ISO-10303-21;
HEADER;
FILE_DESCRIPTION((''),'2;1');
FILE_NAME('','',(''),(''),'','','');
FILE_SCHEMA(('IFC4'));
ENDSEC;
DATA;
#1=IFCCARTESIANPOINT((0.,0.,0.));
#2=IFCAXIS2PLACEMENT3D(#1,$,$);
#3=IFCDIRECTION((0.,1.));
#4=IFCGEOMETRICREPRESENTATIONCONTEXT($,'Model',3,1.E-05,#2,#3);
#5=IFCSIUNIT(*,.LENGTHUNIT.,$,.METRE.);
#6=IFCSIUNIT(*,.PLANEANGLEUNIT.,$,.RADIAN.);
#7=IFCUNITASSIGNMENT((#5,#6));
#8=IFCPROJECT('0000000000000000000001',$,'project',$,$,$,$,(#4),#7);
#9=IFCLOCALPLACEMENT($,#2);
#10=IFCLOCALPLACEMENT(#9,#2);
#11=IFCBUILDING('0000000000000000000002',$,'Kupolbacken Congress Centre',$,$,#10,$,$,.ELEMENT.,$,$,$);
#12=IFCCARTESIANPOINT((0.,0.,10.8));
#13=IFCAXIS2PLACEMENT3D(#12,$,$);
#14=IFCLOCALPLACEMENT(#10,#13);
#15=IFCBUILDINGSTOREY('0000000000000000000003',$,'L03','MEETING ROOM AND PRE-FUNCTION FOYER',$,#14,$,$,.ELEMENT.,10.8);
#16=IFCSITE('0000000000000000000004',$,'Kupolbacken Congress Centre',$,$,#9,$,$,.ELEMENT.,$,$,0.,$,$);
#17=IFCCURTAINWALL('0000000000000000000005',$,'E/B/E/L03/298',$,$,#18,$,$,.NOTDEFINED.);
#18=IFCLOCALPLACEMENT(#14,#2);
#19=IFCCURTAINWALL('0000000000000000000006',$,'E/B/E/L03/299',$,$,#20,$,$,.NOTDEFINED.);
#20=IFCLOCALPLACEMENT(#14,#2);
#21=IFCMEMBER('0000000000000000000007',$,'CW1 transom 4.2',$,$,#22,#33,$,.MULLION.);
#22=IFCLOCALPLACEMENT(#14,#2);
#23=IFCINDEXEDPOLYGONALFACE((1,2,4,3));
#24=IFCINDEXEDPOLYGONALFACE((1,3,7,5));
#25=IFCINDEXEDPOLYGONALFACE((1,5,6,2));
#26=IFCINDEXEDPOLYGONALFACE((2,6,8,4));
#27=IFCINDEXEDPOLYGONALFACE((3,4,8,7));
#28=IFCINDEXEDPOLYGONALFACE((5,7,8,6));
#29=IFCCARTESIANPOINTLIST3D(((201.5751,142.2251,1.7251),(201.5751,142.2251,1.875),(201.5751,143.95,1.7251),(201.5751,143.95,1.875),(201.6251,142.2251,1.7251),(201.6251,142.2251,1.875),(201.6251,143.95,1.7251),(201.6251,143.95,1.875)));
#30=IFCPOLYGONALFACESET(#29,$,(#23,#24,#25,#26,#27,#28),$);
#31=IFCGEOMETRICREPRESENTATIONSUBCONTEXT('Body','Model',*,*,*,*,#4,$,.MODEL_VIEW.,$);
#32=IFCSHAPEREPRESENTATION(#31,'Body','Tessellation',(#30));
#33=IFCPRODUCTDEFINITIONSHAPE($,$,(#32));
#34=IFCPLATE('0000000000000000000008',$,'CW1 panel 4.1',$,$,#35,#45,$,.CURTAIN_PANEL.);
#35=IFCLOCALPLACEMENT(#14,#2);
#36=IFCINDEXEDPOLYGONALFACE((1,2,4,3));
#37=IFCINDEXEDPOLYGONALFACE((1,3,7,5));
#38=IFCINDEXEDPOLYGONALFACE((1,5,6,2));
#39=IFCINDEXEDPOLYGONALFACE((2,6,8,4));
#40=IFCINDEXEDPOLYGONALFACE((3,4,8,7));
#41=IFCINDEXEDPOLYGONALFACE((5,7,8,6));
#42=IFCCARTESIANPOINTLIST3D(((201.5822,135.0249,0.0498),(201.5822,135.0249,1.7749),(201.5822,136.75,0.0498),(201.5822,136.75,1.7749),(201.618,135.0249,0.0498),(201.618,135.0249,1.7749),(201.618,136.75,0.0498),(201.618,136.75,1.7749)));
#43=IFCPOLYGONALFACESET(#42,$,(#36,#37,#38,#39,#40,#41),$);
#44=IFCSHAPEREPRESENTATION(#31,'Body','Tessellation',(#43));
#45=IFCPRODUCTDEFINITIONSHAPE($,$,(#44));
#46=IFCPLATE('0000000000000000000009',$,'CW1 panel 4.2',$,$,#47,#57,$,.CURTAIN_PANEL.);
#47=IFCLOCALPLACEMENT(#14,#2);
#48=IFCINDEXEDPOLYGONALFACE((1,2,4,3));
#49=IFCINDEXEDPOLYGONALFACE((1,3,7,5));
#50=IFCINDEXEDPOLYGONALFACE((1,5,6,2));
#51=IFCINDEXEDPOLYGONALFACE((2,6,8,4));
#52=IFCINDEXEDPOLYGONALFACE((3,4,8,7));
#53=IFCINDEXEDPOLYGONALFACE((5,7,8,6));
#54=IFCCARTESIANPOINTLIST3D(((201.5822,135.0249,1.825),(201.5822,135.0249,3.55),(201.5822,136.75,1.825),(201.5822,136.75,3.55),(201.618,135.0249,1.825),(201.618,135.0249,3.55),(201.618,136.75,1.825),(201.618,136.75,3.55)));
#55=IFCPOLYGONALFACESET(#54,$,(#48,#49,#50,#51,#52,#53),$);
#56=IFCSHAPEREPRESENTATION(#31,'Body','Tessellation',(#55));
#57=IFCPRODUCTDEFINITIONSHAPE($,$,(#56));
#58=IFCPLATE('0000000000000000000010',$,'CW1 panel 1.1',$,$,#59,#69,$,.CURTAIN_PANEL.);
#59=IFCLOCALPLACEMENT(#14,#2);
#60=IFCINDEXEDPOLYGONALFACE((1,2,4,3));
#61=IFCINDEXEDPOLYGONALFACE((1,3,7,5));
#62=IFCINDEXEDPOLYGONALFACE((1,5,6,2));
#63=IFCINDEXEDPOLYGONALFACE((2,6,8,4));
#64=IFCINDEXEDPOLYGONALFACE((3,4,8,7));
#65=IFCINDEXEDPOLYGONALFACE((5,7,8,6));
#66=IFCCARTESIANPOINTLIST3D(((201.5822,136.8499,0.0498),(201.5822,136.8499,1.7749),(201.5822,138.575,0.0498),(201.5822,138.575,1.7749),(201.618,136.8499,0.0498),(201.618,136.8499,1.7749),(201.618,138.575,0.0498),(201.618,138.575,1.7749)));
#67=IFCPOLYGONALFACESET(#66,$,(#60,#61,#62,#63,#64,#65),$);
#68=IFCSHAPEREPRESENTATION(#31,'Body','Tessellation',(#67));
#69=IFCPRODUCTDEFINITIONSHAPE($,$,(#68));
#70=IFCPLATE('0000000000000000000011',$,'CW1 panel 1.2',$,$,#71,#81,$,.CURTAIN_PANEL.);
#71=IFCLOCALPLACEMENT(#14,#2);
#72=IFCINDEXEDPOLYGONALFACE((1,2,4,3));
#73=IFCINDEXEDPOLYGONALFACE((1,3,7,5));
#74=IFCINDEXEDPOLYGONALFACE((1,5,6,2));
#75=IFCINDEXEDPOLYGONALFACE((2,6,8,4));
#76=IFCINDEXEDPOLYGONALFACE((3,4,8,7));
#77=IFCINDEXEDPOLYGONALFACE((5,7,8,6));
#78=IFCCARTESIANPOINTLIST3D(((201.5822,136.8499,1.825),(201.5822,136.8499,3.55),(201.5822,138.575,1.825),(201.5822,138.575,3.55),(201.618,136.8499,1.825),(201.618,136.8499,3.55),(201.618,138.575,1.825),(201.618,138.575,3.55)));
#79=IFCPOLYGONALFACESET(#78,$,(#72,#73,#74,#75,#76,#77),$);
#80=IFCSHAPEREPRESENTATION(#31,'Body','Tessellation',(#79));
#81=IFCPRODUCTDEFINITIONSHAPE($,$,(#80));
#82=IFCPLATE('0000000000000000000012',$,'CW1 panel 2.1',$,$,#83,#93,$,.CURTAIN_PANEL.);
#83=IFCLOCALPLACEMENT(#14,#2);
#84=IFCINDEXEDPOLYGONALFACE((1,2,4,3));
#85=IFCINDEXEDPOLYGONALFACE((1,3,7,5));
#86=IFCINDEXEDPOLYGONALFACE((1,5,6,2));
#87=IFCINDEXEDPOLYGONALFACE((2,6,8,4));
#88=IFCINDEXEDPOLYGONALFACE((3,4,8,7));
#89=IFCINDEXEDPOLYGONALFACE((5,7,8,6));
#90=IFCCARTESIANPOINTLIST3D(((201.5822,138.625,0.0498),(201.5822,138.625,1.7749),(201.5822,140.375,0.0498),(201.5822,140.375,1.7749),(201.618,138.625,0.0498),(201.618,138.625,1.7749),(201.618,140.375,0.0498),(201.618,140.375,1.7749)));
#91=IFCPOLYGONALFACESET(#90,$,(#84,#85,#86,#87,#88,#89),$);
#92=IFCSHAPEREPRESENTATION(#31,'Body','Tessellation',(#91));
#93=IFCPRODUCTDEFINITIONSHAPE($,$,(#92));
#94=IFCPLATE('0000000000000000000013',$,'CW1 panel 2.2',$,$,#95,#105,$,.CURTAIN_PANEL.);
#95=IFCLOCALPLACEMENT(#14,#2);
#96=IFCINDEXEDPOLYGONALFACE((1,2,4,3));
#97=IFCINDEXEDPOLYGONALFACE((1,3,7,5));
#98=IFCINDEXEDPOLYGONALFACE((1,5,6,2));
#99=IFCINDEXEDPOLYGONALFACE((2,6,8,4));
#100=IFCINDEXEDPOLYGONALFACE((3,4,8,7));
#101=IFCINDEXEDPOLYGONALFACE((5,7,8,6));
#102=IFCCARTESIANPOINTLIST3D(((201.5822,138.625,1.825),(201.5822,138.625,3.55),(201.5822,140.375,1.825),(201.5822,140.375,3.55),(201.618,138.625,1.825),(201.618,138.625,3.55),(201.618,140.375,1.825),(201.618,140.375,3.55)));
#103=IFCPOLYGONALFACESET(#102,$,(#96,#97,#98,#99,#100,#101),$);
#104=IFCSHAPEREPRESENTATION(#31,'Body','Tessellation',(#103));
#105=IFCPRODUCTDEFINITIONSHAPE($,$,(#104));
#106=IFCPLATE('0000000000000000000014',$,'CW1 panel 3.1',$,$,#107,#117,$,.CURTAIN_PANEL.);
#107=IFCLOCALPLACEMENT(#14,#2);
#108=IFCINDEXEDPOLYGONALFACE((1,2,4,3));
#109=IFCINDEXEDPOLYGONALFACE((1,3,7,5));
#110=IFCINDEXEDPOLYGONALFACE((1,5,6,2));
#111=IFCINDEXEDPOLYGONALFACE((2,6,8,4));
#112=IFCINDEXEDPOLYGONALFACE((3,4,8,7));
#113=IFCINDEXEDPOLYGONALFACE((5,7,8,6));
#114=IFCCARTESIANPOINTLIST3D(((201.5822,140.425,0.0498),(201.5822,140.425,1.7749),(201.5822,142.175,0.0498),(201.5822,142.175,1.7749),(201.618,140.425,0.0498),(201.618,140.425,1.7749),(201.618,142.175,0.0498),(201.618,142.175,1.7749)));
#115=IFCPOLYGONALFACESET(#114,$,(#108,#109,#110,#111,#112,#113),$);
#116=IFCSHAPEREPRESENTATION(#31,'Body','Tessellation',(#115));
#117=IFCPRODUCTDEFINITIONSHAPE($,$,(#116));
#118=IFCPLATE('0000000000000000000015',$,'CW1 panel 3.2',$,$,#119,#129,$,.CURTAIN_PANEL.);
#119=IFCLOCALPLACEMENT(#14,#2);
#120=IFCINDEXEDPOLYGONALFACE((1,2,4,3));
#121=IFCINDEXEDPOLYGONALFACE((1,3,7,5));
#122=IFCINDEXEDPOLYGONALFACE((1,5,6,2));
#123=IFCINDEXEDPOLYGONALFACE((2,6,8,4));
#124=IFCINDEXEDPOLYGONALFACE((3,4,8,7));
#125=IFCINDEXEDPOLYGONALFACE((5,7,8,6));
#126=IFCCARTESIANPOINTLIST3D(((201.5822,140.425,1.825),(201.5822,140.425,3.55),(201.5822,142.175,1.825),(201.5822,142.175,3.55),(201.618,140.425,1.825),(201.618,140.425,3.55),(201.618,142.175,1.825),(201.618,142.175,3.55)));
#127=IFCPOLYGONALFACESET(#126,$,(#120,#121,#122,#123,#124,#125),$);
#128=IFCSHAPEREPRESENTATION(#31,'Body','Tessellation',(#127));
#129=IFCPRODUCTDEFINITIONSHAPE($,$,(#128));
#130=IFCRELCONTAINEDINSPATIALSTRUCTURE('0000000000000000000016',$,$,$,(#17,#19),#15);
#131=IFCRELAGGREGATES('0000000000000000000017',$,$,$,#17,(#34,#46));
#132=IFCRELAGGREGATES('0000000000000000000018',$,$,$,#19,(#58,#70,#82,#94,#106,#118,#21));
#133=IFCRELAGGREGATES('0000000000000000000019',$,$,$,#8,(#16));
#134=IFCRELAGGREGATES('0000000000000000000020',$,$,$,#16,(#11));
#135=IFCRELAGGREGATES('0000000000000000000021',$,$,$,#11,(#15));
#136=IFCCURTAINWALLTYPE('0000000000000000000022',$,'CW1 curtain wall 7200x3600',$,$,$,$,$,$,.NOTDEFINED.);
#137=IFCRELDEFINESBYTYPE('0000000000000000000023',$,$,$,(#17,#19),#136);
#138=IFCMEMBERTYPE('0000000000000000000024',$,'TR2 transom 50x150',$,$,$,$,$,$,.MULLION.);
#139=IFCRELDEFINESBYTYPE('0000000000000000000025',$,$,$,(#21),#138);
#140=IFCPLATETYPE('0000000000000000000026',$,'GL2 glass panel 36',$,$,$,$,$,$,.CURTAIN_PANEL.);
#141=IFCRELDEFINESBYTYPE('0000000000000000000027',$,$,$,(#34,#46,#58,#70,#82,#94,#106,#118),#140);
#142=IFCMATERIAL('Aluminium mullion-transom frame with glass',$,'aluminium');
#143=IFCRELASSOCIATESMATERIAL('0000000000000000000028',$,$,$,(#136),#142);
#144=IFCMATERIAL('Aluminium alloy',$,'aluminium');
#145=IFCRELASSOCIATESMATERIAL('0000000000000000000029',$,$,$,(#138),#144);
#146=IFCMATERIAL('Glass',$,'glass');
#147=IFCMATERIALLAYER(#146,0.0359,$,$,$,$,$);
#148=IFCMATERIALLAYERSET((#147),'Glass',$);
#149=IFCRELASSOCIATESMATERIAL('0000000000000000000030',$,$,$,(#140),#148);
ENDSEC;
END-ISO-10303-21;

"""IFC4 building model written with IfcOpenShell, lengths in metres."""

from ifc_helpers import new_model, si_unit, direction, frame, origin, origin_2d, place, context, subcontext, project, spatial, rectangle, extrude, material, layer, layer_set, material_profile, profile_set, type_object, element, aggregate, save


model = new_model("IFC4")

# Units and contexts
model_context = context("Model", 3, precision=1e-05, world=origin(), true_north=direction((0.0, 1.0)))
body_context = subcontext(model_context, "Body", "Model", "MODEL_VIEW")
ifc_project = project(units=[si_unit("LENGTHUNIT", "METRE"), si_unit("PLANEANGLEUNIT", "RADIAN")], contexts=[model_context])

# Site, building, storey
site_placement = place(None, origin())
site = spatial("IfcSite", under=ifc_project, at=site_placement, Name="Kupolbacken Congress Centre", CompositionType="ELEMENT", RefElevation=0.0)
building_placement = place(site_placement, origin())
building = spatial("IfcBuilding", under=site, at=building_placement, Name="Kupolbacken Congress Centre", CompositionType="ELEMENT")
storey_placement = place(building_placement, frame((0.0, 0.0, 10.8)))
storey = spatial("IfcBuildingStorey", under=building, at=storey_placement, Name="L03", Description="MEETING ROOM AND PRE-FUNCTION FOYER", CompositionType="ELEMENT", Elevation=10.8)

# Curtain wall
ifc_material_1 = material(Name="Aluminium mullion-transom frame with glass", Category="aluminium")
curtain_wall_type = type_object("IfcCurtainWallType", Name="CW1 curtain wall 7200x3600", PredefinedType="NOTDEFINED", material=ifc_material_1)
curtain_wall_1_placement = place(storey_placement, origin())
curtain_wall_1 = element("IfcCurtainWall", 1, at=curtain_wall_1_placement, inside=storey, type_object=curtain_wall_type, Name="E/B/E/L03/298", PredefinedType="NOTDEFINED")

# Curtain wall, member
curtain_wall_2_placement = place(storey_placement, origin())
curtain_wall_2 = element("IfcCurtainWall", 2, at=curtain_wall_2_placement, inside=storey, type_object=curtain_wall_type, Name="E/B/E/L03/299", PredefinedType="NOTDEFINED")
ifc_material_2 = material(Name="Aluminium alloy", Category="aluminium")
ifc_material_profile_1 = material_profile(ifc_material_2, rectangle(XDim=0.05, YDim=0.1499, at=origin_2d()), Name="50 x 150")
ifc_profile_set_1 = profile_set([ifc_material_profile_1], Name="Aluminium alloy")
member_type_1 = type_object("IfcMemberType", Name="TR2 transom 50x150", PredefinedType="MULLION", material=ifc_profile_set_1)
member_1_placement = place(storey_placement, frame((201.6001, 142.2251, 1.8), z_axis=(0.0, 1.0, 0.0), x_axis=(-1.0, 0.0, 0.0)))
member_1 = element("IfcMember", 3, at=member_1_placement, type_object=member_type_1, Name="CW1 transom 4.2", PredefinedType="MULLION", context=body_context, shape_type="SweptSolid", body=[
    extrude(rectangle(XDim=0.05, YDim=0.1499, at=origin_2d()), origin(), (0.0, 0.0, 1.0), 1.7249),
])

# Plates
ifc_material_3 = material(Name="Glass", Category="glass")
ifc_layer = layer(ifc_material_3, 0.0359)
ifc_layer_set = layer_set([ifc_layer], Name="Glass")
plate_type = type_object("IfcPlateType", Name="GL2 glass panel 36", PredefinedType="CURTAIN_PANEL", material=ifc_layer_set)
plate_1_placement = place(storey_placement, frame((201.6001, 135.8875, 0.0498), z_axis=(0.0, 0.0, 1.0), x_axis=(0.0, 1.0, 0.0)))
plate_1 = element("IfcPlate", 4, at=plate_1_placement, type_object=plate_type, Name="CW1 panel 4.1", PredefinedType="CURTAIN_PANEL", context=body_context, shape_type="SweptSolid", body=[
    extrude(rectangle(XDim=1.7251, YDim=0.0359, at=origin_2d()), origin(), (0.0, 0.0, 1.0), 1.7251),
])
plate_2_placement = place(storey_placement, frame((201.6001, 135.8875, 1.825), z_axis=(0.0, 0.0, 1.0), x_axis=(0.0, 1.0, 0.0)))
plate_2 = element("IfcPlate", 5, at=plate_2_placement, type_object=plate_type, Name="CW1 panel 4.2", PredefinedType="CURTAIN_PANEL", context=body_context, shape_type="SweptSolid", body=[
    extrude(rectangle(XDim=1.7251, YDim=0.0359, at=origin_2d()), origin(), (0.0, 0.0, 1.0), 1.7251),
])
aggregate(curtain_wall_1, [plate_1, plate_2])
plate_3_placement = place(storey_placement, frame((201.6001, 137.7124, 0.0498), z_axis=(0.0, 0.0, 1.0), x_axis=(0.0, 1.0, 0.0)))
plate_3 = element("IfcPlate", 6, at=plate_3_placement, type_object=plate_type, Name="CW1 panel 1.1", PredefinedType="CURTAIN_PANEL", context=body_context, shape_type="SweptSolid", body=[
    extrude(rectangle(XDim=1.7251, YDim=0.0359, at=origin_2d()), origin(), (0.0, 0.0, 1.0), 1.7251),
])
plate_4_placement = place(storey_placement, frame((201.6001, 137.7124, 1.825), z_axis=(0.0, 0.0, 1.0), x_axis=(0.0, 1.0, 0.0)))
plate_4 = element("IfcPlate", 7, at=plate_4_placement, type_object=plate_type, Name="CW1 panel 1.2", PredefinedType="CURTAIN_PANEL", context=body_context, shape_type="SweptSolid", body=[
    extrude(rectangle(XDim=1.7251, YDim=0.0359, at=origin_2d()), origin(), (0.0, 0.0, 1.0), 1.7251),
])
plate_5_placement = place(storey_placement, frame((201.6001, 139.5, 0.0498), z_axis=(0.0, 0.0, 1.0), x_axis=(0.0, 1.0, 0.0)))
plate_5 = element("IfcPlate", 8, at=plate_5_placement, type_object=plate_type, Name="CW1 panel 2.1", PredefinedType="CURTAIN_PANEL", context=body_context, shape_type="SweptSolid", body=[
    extrude(rectangle(XDim=1.75, YDim=0.0359, at=origin_2d()), origin(), (0.0, 0.0, 1.0), 1.7251),
])
plate_6_placement = place(storey_placement, frame((201.6001, 139.5, 1.825), z_axis=(0.0, 0.0, 1.0), x_axis=(0.0, 1.0, 0.0)))
plate_6 = element("IfcPlate", 9, at=plate_6_placement, type_object=plate_type, Name="CW1 panel 2.2", PredefinedType="CURTAIN_PANEL", context=body_context, shape_type="SweptSolid", body=[
    extrude(rectangle(XDim=1.75, YDim=0.0359, at=origin_2d()), origin(), (0.0, 0.0, 1.0), 1.7251),
])
plate_7_placement = place(storey_placement, frame((201.6001, 141.3, 0.0498), z_axis=(0.0, 0.0, 1.0), x_axis=(0.0, 1.0, 0.0)))
plate_7 = element("IfcPlate", 10, at=plate_7_placement, type_object=plate_type, Name="CW1 panel 3.1", PredefinedType="CURTAIN_PANEL", context=body_context, shape_type="SweptSolid", body=[
    extrude(rectangle(XDim=1.75, YDim=0.0359, at=origin_2d()), origin(), (0.0, 0.0, 1.0), 1.7251),
])
plate_8_placement = place(storey_placement, frame((201.6001, 141.3, 1.825), z_axis=(0.0, 0.0, 1.0), x_axis=(0.0, 1.0, 0.0)))
plate_8 = element("IfcPlate", 11, at=plate_8_placement, type_object=plate_type, Name="CW1 panel 3.2", PredefinedType="CURTAIN_PANEL", context=body_context, shape_type="SweptSolid", body=[
    extrude(rectangle(XDim=1.75, YDim=0.0359, at=origin_2d()), origin(), (0.0, 0.0, 1.0), 1.7251),
])
aggregate(curtain_wall_2, [plate_3, plate_4, plate_5, plate_6, plate_7, plate_8, member_1])

save(model, "model.ifc")
